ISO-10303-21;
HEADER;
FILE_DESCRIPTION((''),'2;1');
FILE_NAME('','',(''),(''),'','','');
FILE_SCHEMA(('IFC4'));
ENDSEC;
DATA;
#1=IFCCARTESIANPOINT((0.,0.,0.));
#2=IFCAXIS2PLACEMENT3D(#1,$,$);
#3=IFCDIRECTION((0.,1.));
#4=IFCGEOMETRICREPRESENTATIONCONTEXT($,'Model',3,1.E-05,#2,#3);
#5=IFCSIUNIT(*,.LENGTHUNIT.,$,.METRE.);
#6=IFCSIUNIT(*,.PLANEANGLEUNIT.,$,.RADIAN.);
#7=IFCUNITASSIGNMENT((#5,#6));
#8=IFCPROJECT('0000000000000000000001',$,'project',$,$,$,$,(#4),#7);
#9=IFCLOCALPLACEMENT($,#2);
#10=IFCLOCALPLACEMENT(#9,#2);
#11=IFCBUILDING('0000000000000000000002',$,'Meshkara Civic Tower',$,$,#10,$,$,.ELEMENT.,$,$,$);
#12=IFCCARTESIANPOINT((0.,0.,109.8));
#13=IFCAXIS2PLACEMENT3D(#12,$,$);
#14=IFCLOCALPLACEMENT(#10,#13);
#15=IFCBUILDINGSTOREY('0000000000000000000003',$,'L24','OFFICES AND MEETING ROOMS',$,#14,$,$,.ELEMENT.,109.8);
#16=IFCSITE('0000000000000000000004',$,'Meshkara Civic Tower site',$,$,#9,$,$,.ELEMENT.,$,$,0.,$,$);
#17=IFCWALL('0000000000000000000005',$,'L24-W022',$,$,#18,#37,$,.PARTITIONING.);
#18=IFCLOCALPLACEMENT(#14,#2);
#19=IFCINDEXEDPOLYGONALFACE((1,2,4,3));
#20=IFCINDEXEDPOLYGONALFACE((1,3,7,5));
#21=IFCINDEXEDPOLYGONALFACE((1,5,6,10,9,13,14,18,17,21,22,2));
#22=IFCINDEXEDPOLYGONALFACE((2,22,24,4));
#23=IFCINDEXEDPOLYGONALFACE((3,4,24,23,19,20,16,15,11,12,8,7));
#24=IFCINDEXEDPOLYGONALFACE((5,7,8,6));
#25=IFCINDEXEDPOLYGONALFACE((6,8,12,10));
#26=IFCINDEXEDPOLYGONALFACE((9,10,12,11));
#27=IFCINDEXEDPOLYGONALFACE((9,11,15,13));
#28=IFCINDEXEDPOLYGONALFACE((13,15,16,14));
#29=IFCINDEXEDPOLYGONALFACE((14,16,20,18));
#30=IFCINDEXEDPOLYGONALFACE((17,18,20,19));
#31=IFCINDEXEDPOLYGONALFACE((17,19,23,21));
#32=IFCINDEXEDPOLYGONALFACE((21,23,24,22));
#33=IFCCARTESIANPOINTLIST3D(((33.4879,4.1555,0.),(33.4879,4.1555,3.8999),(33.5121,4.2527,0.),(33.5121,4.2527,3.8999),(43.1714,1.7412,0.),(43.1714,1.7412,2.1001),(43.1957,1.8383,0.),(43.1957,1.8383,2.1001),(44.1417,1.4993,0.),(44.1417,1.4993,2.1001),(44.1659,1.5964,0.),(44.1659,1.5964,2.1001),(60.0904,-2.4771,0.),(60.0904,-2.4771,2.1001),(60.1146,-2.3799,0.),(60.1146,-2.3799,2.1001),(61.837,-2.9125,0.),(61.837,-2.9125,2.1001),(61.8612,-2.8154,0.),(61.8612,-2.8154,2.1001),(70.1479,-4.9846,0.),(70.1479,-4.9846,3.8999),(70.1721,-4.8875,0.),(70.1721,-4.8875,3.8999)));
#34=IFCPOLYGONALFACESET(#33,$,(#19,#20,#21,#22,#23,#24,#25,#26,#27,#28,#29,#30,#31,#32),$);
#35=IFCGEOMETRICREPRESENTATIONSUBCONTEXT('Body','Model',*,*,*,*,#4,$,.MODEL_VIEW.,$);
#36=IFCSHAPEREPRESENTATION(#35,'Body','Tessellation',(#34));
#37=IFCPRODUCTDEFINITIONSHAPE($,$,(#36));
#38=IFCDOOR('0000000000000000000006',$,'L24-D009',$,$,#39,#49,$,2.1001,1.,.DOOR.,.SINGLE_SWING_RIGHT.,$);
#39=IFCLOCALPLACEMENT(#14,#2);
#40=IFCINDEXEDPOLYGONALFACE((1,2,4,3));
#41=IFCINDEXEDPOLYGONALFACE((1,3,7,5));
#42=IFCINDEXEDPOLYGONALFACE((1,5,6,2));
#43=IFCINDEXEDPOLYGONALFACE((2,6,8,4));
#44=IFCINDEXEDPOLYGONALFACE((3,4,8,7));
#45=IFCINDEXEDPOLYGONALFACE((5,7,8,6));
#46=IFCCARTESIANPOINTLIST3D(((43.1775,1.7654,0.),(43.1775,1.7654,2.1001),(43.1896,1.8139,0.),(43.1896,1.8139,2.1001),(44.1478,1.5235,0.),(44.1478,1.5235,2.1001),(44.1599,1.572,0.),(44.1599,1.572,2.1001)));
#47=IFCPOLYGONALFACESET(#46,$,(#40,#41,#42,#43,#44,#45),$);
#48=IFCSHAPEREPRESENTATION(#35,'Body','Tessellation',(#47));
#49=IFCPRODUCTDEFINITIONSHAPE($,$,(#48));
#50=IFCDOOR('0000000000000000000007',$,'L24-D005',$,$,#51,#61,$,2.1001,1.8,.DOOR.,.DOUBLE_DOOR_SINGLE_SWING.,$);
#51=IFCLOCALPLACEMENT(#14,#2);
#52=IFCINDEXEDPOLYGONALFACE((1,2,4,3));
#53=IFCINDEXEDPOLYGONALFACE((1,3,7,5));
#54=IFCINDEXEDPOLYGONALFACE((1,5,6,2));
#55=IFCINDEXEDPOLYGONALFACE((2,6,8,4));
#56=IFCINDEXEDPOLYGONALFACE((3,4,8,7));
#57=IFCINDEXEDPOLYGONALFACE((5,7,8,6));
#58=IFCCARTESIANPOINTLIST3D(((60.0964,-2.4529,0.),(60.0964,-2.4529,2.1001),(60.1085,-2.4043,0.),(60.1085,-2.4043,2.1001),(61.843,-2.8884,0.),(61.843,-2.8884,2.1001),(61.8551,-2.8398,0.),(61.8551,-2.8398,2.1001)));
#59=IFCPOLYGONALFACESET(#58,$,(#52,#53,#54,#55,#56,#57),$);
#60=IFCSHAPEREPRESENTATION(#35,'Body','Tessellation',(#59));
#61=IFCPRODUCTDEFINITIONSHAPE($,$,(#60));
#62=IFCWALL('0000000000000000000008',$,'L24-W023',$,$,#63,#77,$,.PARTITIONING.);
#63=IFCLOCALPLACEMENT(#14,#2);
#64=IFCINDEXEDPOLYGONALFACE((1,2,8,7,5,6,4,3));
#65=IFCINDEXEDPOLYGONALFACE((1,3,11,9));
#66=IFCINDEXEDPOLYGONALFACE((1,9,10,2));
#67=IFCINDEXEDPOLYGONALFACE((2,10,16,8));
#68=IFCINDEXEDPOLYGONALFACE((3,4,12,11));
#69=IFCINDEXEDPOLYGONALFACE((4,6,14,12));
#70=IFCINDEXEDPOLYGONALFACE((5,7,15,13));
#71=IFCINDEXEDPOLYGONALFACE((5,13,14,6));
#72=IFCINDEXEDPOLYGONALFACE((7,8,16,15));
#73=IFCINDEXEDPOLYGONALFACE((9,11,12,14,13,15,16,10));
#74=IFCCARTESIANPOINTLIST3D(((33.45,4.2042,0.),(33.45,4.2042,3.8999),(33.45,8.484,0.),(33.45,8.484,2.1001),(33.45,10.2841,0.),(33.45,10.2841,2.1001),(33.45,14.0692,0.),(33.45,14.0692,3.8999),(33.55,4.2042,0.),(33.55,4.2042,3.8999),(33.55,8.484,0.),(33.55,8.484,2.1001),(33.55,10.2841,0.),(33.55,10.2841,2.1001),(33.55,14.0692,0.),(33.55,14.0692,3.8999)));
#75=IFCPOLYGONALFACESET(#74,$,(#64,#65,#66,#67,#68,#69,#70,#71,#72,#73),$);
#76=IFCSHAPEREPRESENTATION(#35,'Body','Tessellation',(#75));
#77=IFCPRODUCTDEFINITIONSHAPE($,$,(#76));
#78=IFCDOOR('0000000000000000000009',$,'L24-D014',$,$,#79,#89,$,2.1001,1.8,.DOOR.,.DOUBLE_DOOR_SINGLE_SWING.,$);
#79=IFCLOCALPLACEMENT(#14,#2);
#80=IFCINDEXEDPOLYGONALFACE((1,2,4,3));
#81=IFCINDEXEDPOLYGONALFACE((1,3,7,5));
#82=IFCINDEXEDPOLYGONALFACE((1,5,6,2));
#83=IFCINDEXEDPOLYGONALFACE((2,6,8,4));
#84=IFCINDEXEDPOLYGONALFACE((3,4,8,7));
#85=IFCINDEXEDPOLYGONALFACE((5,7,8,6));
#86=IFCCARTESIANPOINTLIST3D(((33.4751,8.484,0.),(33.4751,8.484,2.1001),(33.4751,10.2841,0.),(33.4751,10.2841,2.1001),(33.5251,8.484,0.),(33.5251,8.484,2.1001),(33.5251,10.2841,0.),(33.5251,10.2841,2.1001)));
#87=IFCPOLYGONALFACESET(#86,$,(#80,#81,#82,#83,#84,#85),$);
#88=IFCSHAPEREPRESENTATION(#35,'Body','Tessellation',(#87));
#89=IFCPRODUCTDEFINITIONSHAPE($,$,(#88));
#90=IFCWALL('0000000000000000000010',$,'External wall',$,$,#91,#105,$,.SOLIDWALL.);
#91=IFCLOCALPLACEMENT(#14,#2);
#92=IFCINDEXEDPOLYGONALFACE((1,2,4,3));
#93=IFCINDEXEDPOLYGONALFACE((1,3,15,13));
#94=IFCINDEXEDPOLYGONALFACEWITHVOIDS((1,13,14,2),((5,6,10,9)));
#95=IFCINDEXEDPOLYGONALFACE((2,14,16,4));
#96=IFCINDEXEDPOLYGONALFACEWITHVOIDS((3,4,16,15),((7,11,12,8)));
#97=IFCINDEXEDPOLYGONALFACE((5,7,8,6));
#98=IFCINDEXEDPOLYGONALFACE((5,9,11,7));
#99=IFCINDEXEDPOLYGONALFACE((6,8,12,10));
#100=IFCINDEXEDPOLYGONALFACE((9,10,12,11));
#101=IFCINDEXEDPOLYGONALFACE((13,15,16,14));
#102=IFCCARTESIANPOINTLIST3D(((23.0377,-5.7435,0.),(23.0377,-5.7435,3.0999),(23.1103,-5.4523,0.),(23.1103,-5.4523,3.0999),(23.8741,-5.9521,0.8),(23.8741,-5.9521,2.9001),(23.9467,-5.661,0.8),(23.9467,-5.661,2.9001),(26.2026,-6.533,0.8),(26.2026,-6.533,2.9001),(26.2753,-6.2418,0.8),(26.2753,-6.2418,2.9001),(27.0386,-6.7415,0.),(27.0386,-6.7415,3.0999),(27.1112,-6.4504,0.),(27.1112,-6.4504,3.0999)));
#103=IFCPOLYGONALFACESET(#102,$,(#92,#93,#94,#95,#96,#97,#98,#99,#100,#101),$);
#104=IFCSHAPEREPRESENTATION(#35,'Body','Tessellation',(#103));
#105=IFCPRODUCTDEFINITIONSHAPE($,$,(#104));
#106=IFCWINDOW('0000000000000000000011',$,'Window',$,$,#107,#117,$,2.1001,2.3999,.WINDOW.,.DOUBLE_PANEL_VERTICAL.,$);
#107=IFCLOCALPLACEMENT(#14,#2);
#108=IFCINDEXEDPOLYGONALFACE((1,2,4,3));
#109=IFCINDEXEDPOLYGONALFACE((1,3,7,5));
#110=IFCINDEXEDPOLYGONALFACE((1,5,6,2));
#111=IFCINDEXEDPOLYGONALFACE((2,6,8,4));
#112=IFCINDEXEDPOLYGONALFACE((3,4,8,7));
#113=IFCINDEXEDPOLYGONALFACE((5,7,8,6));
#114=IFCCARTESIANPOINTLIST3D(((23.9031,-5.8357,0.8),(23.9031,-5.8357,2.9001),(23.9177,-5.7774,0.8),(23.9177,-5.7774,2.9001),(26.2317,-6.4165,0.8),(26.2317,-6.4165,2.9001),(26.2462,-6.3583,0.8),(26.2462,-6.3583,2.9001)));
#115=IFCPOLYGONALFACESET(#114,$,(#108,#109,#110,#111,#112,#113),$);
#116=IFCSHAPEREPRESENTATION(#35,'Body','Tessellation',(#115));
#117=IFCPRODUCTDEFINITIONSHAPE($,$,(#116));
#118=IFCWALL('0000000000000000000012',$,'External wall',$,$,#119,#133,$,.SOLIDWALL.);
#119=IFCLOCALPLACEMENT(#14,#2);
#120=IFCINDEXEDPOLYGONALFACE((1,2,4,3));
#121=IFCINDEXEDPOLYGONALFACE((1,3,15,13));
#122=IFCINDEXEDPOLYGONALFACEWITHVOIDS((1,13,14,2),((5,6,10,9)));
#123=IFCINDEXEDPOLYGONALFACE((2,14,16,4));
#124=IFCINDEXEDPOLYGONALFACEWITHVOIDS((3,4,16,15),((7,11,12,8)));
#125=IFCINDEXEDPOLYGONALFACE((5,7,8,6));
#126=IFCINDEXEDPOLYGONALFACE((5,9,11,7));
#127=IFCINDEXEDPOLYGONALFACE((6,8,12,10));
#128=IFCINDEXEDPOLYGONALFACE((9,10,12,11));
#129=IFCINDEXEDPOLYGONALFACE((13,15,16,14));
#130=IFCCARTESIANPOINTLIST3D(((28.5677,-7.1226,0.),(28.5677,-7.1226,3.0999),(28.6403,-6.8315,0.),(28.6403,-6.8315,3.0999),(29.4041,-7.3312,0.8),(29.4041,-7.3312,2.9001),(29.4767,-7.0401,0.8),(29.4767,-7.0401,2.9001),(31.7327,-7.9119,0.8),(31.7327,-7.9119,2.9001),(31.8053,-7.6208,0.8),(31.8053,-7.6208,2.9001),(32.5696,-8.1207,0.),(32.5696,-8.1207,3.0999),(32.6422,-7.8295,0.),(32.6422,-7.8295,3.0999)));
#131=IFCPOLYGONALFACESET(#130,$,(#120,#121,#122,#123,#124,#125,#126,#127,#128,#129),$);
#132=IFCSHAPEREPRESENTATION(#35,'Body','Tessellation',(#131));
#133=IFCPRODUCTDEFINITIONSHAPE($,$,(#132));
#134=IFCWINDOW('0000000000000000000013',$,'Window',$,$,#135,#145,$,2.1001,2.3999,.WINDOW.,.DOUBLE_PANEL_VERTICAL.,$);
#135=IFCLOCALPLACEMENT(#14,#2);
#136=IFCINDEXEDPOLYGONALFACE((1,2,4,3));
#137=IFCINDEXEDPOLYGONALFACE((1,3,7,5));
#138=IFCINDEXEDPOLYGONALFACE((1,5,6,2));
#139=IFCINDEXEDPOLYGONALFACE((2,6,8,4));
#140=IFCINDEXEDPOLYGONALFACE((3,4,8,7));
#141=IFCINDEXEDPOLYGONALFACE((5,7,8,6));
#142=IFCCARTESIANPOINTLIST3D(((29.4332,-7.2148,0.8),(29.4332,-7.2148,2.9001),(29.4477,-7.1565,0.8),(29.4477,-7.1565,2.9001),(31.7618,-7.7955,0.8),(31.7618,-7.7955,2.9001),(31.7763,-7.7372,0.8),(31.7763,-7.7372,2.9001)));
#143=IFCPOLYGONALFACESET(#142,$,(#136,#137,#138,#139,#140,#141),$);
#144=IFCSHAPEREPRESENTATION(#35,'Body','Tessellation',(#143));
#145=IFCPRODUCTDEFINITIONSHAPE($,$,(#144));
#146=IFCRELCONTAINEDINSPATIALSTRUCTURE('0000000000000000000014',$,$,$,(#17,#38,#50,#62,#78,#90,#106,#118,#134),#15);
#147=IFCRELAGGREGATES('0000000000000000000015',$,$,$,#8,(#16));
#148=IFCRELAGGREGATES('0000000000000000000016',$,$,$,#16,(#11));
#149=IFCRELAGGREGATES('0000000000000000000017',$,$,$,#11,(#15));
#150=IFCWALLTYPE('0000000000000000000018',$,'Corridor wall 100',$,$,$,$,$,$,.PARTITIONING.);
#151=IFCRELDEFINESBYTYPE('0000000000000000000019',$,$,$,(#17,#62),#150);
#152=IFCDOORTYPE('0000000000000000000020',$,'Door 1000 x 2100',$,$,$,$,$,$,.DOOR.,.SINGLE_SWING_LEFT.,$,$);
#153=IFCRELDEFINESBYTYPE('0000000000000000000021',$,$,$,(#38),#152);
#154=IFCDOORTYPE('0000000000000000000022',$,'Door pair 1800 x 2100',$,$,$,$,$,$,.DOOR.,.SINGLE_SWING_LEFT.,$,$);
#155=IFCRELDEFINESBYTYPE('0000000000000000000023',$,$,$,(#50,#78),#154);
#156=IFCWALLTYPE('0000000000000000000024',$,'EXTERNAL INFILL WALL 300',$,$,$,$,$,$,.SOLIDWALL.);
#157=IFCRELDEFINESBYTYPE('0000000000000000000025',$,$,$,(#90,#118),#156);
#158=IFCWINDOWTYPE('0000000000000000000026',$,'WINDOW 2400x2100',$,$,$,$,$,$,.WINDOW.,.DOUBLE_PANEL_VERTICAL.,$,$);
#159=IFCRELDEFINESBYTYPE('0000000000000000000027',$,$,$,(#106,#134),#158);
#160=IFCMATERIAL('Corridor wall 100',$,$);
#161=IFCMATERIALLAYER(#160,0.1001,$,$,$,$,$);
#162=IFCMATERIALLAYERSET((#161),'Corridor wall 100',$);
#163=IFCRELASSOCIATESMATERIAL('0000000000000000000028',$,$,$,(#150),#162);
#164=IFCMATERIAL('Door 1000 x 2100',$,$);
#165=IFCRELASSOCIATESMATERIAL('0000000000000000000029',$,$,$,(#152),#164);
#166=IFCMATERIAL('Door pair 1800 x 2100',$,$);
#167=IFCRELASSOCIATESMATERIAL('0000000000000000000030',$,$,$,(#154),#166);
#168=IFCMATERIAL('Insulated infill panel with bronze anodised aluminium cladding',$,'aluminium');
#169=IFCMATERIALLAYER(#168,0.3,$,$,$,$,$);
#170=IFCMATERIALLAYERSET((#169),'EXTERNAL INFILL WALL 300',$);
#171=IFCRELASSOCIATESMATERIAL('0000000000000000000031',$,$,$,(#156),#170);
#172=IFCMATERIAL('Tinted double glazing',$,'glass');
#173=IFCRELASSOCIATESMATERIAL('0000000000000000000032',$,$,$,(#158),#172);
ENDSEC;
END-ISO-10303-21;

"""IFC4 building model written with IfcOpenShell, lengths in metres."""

from ifc_helpers import new_model, si_unit, direction, frame, frame_2d, origin, place, context, subcontext, project, spatial, rectangle, extrude, material, layer, layer_set, type_object, element, fill, save


model = new_model("IFC4")

# Units and contexts
model_context = context("Model", 3, precision=1e-05, world=origin(), true_north=direction((0.0, 1.0)))
body_context = subcontext(model_context, "Body", "Model", "MODEL_VIEW")
ifc_project = project(units=[si_unit("LENGTHUNIT", "METRE"), si_unit("PLANEANGLEUNIT", "RADIAN")], contexts=[model_context])

# Site, building, storey
site_placement = place(None, origin())
site = spatial("IfcSite", under=ifc_project, at=site_placement, Name="Meshkara Civic Tower site", CompositionType="ELEMENT", RefElevation=0.0)
building_placement = place(site_placement, origin())
building = spatial("IfcBuilding", under=site, at=building_placement, Name="Meshkara Civic Tower", CompositionType="ELEMENT")
storey_placement = place(building_placement, frame((0.0, 0.0, 109.8)))
storey = spatial("IfcBuildingStorey", under=building, at=storey_placement, Name="L24", Description="OFFICES AND MEETING ROOMS", CompositionType="ELEMENT", Elevation=109.8)

# Wall, openings, doors
ifc_material_1 = material(Name="Corridor wall 100")
ifc_layer_1 = layer(ifc_material_1, 0.1001)
ifc_layer_set_1 = layer_set([ifc_layer_1], Name="Corridor wall 100")
wall_type_1 = type_object("IfcWallType", Name="Corridor wall 100", PredefinedType="PARTITIONING", material=ifc_layer_set_1)
wall_1_placement = place(storey_placement, frame((33.5, 4.2041, 0.0), z_axis=(0.0, 0.0, 1.0), x_axis=(0.970297, -0.241917, 0.0)))
wall_1 = element("IfcWall", 1, at=wall_1_placement, inside=storey, type_object=wall_type_1, Name="L24-W022", PredefinedType="PARTITIONING", context=body_context, shape_type="SweptSolid", body=[
    extrude(rectangle(XDim=37.7822, YDim=0.1001, at=frame_2d((18.8911, 0.0))), origin(), (0.0, 0.0, 1.0), 3.8999),
])
opening_1_placement = place(wall_1_placement, frame((27.417, 0.0, 0.0)))
opening_1 = element("IfcOpeningElement", 2, at=opening_1_placement, cuts=wall_1, PredefinedType="OPENING", context=body_context, shape_type="SweptSolid", body=[
    extrude(rectangle(XDim=1.8, YDim=2.1001, at=frame_2d((0.8999, 1.05))), frame((0.0, 0.0601, 0.0), z_axis=(0.0, -1.0, 0.0), x_axis=(1.0, 0.0, 0.0)), (0.0, 0.0, 1.0), 0.1201),
])
opening_2_placement = place(wall_1_placement, frame((9.98, 0.0, 0.0)))
opening_2 = element("IfcOpeningElement", 3, at=opening_2_placement, cuts=wall_1, PredefinedType="OPENING", context=body_context, shape_type="SweptSolid", body=[
    extrude(rectangle(XDim=1.0, YDim=2.1001, at=frame_2d((0.5, 1.05))), frame((0.0, 0.0601, 0.0), z_axis=(0.0, -1.0, 0.0), x_axis=(1.0, 0.0, 0.0)), (0.0, 0.0, 1.0), 0.1201),
])
ifc_material_2 = material(Name="Door 1000 x 2100")
door_type_1 = type_object("IfcDoorType", Name="Door 1000 x 2100", OperationType="SINGLE_SWING_LEFT", PredefinedType="DOOR", material=ifc_material_2)
door_1_placement = place(opening_2_placement, origin())
door_1 = element("IfcDoor", 4, at=door_1_placement, inside=storey, type_object=door_type_1, Name="L24-D009", OperationType="SINGLE_SWING_RIGHT", OverallHeight=2.1001, OverallWidth=1.0, PredefinedType="DOOR", context=body_context, shape_type="SweptSolid", body=[
    extrude(rectangle(XDim=1.0, YDim=2.1001, at=frame_2d((0.5, 1.05))), frame((0.0, 0.0249, 0.0), z_axis=(0.0, -1.0, 0.0), x_axis=(1.0, 0.0, 0.0)), (0.0, 0.0, 1.0), 0.05),
])
fill(opening_2, door_1)
ifc_material_3 = material(Name="Door pair 1800 x 2100")
door_type_2 = type_object("IfcDoorType", Name="Door pair 1800 x 2100", OperationType="SINGLE_SWING_LEFT", PredefinedType="DOOR", material=ifc_material_3)
door_2_placement = place(opening_1_placement, origin())
door_2 = element("IfcDoor", 5, at=door_2_placement, inside=storey, type_object=door_type_2, Name="L24-D005", OperationType="DOUBLE_DOOR_SINGLE_SWING", OverallHeight=2.1001, OverallWidth=1.8, PredefinedType="DOOR", context=body_context, shape_type="SweptSolid", body=[
    extrude(rectangle(XDim=1.8, YDim=2.1001, at=frame_2d((0.8999, 1.05))), frame((0.0, 0.0249, 0.0), z_axis=(0.0, -1.0, 0.0), x_axis=(1.0, 0.0, 0.0)), (0.0, 0.0, 1.0), 0.05),
])
fill(opening_1, door_2)

# Wall, opening, door
wall_2_placement = place(storey_placement, frame((33.5, 4.2041, 0.0), z_axis=(0.0, 0.0, 1.0), x_axis=(0.0, 1.0, 0.0)))
wall_2 = element("IfcWall", 6, at=wall_2_placement, inside=storey, type_object=wall_type_1, Name="L24-W023", PredefinedType="PARTITIONING", context=body_context, shape_type="SweptSolid", body=[
    extrude(rectangle(XDim=9.865, YDim=0.1001, at=frame_2d((4.9326, 0.0))), origin(), (0.0, 0.0, 1.0), 3.8999),
])
opening_3_placement = place(wall_2_placement, frame((4.28, 0.0, 0.0)))
opening_3 = element("IfcOpeningElement", 7, at=opening_3_placement, cuts=wall_2, PredefinedType="OPENING", context=body_context, shape_type="SweptSolid", body=[
    extrude(rectangle(XDim=1.8, YDim=2.1001, at=frame_2d((0.8999, 1.05))), frame((0.0, 0.0601, 0.0), z_axis=(0.0, -1.0, 0.0), x_axis=(1.0, 0.0, 0.0)), (0.0, 0.0, 1.0), 0.1201),
])
door_3_placement = place(opening_3_placement, origin())
door_3 = element("IfcDoor", 8, at=door_3_placement, inside=storey, type_object=door_type_2, Name="L24-D014", OperationType="DOUBLE_DOOR_SINGLE_SWING", OverallHeight=2.1001, OverallWidth=1.8, PredefinedType="DOOR", context=body_context, shape_type="SweptSolid", body=[
    extrude(rectangle(XDim=1.8, YDim=2.1001, at=frame_2d((0.8999, 1.05))), frame((0.0, 0.0249, 0.0), z_axis=(0.0, -1.0, 0.0), x_axis=(1.0, 0.0, 0.0)), (0.0, 0.0, 1.0), 0.05),
])
fill(opening_3, door_3)

# Walls, openings, windows
ifc_material_4 = material(Name="Insulated infill panel with bronze anodised aluminium cladding", Category="aluminium")
ifc_layer_2 = layer(ifc_material_4, 0.3)
ifc_layer_set_2 = layer_set([ifc_layer_2], Name="EXTERNAL INFILL WALL 300")
wall_type_2 = type_object("IfcWallType", Name="EXTERNAL INFILL WALL 300", PredefinedType="SOLIDWALL", material=ifc_layer_set_2)
wall_3_placement = place(storey_placement, frame((23.074, -5.5979, 0.0), z_axis=(0.0, 0.0, 1.0), x_axis=(0.970268, -0.242034, 0.0)))
wall_3 = element("IfcWall", 9, at=wall_3_placement, inside=storey, type_object=wall_type_2, Name="External wall", PredefinedType="SOLIDWALL", context=body_context, shape_type="SweptSolid", body=[
    extrude(rectangle(XDim=4.1235, YDim=0.3, at=frame_2d((2.0618, 0.0))), origin(), (0.0, 0.0, 1.0), 3.0999),
])
opening_4_placement = place(wall_3_placement, frame((0.8621, 0.0, 0.8)))
opening_4 = element("IfcOpeningElement", 10, at=opening_4_placement, cuts=wall_3, PredefinedType="OPENING", context=body_context, shape_type="SweptSolid", body=[
    extrude(rectangle(XDim=2.3999, YDim=2.1001, at=frame_2d((1.2, 1.05))), frame((0.0, 0.1599, 0.0), z_axis=(0.0, -1.0, 0.0), x_axis=(1.0, 0.0, 0.0)), (0.0, 0.0, 1.0), 0.3201),
])
ifc_material_5 = material(Name="Tinted double glazing", Category="glass")
window_type = type_object("IfcWindowType", Name="WINDOW 2400x2100", PartitioningType="DOUBLE_PANEL_VERTICAL", PredefinedType="WINDOW", material=ifc_material_5)
window_1_placement = place(opening_4_placement, origin())
window_1 = element("IfcWindow", 11, at=window_1_placement, inside=storey, type_object=window_type, Name="Window", OverallHeight=2.1001, OverallWidth=2.3999, PartitioningType="DOUBLE_PANEL_VERTICAL", PredefinedType="WINDOW", context=body_context, shape_type="SweptSolid", body=[
    extrude(rectangle(XDim=2.3999, YDim=2.1001, at=frame_2d((1.2, 1.05))), frame((0.0, 0.03, 0.0), z_axis=(0.0, -1.0, 0.0), x_axis=(1.0, 0.0, 0.0)), (0.0, 0.0, 1.0), 0.0601),
])
fill(opening_4, window_1)
wall_4_placement = place(storey_placement, frame((28.604, -6.9771, 0.0), z_axis=(0.0, 0.0, 1.0), x_axis=(0.970282, -0.241978, 0.0)))
wall_4 = element("IfcWall", 12, at=wall_4_placement, inside=storey, type_object=wall_type_2, Name="External wall", PredefinedType="SOLIDWALL", context=body_context, shape_type="SweptSolid", body=[
    extrude(rectangle(XDim=4.1245, YDim=0.3, at=frame_2d((2.0623, 0.0))), origin(), (0.0, 0.0, 1.0), 3.0999),
])
opening_5_placement = place(wall_4_placement, frame((0.8621, 0.0, 0.8)))
opening_5 = element("IfcOpeningElement", 13, at=opening_5_placement, cuts=wall_4, PredefinedType="OPENING", context=body_context, shape_type="SweptSolid", body=[
    extrude(rectangle(XDim=2.3999, YDim=2.1001, at=frame_2d((1.2, 1.05))), frame((0.0, 0.1599, 0.0), z_axis=(0.0, -1.0, 0.0), x_axis=(1.0, 0.0, 0.0)), (0.0, 0.0, 1.0), 0.3201),
])
window_2_placement = place(opening_5_placement, origin())
window_2 = element("IfcWindow", 14, at=window_2_placement, inside=storey, type_object=window_type, Name="Window", OverallHeight=2.1001, OverallWidth=2.3999, PartitioningType="DOUBLE_PANEL_VERTICAL", PredefinedType="WINDOW", context=body_context, shape_type="SweptSolid", body=[
    extrude(rectangle(XDim=2.3999, YDim=2.1001, at=frame_2d((1.2, 1.05))), frame((0.0, 0.03, 0.0), z_axis=(0.0, -1.0, 0.0), x_axis=(1.0, 0.0, 0.0)), (0.0, 0.0, 1.0), 0.0601),
])
fill(opening_5, window_2)

save(model, "model.ifc")
